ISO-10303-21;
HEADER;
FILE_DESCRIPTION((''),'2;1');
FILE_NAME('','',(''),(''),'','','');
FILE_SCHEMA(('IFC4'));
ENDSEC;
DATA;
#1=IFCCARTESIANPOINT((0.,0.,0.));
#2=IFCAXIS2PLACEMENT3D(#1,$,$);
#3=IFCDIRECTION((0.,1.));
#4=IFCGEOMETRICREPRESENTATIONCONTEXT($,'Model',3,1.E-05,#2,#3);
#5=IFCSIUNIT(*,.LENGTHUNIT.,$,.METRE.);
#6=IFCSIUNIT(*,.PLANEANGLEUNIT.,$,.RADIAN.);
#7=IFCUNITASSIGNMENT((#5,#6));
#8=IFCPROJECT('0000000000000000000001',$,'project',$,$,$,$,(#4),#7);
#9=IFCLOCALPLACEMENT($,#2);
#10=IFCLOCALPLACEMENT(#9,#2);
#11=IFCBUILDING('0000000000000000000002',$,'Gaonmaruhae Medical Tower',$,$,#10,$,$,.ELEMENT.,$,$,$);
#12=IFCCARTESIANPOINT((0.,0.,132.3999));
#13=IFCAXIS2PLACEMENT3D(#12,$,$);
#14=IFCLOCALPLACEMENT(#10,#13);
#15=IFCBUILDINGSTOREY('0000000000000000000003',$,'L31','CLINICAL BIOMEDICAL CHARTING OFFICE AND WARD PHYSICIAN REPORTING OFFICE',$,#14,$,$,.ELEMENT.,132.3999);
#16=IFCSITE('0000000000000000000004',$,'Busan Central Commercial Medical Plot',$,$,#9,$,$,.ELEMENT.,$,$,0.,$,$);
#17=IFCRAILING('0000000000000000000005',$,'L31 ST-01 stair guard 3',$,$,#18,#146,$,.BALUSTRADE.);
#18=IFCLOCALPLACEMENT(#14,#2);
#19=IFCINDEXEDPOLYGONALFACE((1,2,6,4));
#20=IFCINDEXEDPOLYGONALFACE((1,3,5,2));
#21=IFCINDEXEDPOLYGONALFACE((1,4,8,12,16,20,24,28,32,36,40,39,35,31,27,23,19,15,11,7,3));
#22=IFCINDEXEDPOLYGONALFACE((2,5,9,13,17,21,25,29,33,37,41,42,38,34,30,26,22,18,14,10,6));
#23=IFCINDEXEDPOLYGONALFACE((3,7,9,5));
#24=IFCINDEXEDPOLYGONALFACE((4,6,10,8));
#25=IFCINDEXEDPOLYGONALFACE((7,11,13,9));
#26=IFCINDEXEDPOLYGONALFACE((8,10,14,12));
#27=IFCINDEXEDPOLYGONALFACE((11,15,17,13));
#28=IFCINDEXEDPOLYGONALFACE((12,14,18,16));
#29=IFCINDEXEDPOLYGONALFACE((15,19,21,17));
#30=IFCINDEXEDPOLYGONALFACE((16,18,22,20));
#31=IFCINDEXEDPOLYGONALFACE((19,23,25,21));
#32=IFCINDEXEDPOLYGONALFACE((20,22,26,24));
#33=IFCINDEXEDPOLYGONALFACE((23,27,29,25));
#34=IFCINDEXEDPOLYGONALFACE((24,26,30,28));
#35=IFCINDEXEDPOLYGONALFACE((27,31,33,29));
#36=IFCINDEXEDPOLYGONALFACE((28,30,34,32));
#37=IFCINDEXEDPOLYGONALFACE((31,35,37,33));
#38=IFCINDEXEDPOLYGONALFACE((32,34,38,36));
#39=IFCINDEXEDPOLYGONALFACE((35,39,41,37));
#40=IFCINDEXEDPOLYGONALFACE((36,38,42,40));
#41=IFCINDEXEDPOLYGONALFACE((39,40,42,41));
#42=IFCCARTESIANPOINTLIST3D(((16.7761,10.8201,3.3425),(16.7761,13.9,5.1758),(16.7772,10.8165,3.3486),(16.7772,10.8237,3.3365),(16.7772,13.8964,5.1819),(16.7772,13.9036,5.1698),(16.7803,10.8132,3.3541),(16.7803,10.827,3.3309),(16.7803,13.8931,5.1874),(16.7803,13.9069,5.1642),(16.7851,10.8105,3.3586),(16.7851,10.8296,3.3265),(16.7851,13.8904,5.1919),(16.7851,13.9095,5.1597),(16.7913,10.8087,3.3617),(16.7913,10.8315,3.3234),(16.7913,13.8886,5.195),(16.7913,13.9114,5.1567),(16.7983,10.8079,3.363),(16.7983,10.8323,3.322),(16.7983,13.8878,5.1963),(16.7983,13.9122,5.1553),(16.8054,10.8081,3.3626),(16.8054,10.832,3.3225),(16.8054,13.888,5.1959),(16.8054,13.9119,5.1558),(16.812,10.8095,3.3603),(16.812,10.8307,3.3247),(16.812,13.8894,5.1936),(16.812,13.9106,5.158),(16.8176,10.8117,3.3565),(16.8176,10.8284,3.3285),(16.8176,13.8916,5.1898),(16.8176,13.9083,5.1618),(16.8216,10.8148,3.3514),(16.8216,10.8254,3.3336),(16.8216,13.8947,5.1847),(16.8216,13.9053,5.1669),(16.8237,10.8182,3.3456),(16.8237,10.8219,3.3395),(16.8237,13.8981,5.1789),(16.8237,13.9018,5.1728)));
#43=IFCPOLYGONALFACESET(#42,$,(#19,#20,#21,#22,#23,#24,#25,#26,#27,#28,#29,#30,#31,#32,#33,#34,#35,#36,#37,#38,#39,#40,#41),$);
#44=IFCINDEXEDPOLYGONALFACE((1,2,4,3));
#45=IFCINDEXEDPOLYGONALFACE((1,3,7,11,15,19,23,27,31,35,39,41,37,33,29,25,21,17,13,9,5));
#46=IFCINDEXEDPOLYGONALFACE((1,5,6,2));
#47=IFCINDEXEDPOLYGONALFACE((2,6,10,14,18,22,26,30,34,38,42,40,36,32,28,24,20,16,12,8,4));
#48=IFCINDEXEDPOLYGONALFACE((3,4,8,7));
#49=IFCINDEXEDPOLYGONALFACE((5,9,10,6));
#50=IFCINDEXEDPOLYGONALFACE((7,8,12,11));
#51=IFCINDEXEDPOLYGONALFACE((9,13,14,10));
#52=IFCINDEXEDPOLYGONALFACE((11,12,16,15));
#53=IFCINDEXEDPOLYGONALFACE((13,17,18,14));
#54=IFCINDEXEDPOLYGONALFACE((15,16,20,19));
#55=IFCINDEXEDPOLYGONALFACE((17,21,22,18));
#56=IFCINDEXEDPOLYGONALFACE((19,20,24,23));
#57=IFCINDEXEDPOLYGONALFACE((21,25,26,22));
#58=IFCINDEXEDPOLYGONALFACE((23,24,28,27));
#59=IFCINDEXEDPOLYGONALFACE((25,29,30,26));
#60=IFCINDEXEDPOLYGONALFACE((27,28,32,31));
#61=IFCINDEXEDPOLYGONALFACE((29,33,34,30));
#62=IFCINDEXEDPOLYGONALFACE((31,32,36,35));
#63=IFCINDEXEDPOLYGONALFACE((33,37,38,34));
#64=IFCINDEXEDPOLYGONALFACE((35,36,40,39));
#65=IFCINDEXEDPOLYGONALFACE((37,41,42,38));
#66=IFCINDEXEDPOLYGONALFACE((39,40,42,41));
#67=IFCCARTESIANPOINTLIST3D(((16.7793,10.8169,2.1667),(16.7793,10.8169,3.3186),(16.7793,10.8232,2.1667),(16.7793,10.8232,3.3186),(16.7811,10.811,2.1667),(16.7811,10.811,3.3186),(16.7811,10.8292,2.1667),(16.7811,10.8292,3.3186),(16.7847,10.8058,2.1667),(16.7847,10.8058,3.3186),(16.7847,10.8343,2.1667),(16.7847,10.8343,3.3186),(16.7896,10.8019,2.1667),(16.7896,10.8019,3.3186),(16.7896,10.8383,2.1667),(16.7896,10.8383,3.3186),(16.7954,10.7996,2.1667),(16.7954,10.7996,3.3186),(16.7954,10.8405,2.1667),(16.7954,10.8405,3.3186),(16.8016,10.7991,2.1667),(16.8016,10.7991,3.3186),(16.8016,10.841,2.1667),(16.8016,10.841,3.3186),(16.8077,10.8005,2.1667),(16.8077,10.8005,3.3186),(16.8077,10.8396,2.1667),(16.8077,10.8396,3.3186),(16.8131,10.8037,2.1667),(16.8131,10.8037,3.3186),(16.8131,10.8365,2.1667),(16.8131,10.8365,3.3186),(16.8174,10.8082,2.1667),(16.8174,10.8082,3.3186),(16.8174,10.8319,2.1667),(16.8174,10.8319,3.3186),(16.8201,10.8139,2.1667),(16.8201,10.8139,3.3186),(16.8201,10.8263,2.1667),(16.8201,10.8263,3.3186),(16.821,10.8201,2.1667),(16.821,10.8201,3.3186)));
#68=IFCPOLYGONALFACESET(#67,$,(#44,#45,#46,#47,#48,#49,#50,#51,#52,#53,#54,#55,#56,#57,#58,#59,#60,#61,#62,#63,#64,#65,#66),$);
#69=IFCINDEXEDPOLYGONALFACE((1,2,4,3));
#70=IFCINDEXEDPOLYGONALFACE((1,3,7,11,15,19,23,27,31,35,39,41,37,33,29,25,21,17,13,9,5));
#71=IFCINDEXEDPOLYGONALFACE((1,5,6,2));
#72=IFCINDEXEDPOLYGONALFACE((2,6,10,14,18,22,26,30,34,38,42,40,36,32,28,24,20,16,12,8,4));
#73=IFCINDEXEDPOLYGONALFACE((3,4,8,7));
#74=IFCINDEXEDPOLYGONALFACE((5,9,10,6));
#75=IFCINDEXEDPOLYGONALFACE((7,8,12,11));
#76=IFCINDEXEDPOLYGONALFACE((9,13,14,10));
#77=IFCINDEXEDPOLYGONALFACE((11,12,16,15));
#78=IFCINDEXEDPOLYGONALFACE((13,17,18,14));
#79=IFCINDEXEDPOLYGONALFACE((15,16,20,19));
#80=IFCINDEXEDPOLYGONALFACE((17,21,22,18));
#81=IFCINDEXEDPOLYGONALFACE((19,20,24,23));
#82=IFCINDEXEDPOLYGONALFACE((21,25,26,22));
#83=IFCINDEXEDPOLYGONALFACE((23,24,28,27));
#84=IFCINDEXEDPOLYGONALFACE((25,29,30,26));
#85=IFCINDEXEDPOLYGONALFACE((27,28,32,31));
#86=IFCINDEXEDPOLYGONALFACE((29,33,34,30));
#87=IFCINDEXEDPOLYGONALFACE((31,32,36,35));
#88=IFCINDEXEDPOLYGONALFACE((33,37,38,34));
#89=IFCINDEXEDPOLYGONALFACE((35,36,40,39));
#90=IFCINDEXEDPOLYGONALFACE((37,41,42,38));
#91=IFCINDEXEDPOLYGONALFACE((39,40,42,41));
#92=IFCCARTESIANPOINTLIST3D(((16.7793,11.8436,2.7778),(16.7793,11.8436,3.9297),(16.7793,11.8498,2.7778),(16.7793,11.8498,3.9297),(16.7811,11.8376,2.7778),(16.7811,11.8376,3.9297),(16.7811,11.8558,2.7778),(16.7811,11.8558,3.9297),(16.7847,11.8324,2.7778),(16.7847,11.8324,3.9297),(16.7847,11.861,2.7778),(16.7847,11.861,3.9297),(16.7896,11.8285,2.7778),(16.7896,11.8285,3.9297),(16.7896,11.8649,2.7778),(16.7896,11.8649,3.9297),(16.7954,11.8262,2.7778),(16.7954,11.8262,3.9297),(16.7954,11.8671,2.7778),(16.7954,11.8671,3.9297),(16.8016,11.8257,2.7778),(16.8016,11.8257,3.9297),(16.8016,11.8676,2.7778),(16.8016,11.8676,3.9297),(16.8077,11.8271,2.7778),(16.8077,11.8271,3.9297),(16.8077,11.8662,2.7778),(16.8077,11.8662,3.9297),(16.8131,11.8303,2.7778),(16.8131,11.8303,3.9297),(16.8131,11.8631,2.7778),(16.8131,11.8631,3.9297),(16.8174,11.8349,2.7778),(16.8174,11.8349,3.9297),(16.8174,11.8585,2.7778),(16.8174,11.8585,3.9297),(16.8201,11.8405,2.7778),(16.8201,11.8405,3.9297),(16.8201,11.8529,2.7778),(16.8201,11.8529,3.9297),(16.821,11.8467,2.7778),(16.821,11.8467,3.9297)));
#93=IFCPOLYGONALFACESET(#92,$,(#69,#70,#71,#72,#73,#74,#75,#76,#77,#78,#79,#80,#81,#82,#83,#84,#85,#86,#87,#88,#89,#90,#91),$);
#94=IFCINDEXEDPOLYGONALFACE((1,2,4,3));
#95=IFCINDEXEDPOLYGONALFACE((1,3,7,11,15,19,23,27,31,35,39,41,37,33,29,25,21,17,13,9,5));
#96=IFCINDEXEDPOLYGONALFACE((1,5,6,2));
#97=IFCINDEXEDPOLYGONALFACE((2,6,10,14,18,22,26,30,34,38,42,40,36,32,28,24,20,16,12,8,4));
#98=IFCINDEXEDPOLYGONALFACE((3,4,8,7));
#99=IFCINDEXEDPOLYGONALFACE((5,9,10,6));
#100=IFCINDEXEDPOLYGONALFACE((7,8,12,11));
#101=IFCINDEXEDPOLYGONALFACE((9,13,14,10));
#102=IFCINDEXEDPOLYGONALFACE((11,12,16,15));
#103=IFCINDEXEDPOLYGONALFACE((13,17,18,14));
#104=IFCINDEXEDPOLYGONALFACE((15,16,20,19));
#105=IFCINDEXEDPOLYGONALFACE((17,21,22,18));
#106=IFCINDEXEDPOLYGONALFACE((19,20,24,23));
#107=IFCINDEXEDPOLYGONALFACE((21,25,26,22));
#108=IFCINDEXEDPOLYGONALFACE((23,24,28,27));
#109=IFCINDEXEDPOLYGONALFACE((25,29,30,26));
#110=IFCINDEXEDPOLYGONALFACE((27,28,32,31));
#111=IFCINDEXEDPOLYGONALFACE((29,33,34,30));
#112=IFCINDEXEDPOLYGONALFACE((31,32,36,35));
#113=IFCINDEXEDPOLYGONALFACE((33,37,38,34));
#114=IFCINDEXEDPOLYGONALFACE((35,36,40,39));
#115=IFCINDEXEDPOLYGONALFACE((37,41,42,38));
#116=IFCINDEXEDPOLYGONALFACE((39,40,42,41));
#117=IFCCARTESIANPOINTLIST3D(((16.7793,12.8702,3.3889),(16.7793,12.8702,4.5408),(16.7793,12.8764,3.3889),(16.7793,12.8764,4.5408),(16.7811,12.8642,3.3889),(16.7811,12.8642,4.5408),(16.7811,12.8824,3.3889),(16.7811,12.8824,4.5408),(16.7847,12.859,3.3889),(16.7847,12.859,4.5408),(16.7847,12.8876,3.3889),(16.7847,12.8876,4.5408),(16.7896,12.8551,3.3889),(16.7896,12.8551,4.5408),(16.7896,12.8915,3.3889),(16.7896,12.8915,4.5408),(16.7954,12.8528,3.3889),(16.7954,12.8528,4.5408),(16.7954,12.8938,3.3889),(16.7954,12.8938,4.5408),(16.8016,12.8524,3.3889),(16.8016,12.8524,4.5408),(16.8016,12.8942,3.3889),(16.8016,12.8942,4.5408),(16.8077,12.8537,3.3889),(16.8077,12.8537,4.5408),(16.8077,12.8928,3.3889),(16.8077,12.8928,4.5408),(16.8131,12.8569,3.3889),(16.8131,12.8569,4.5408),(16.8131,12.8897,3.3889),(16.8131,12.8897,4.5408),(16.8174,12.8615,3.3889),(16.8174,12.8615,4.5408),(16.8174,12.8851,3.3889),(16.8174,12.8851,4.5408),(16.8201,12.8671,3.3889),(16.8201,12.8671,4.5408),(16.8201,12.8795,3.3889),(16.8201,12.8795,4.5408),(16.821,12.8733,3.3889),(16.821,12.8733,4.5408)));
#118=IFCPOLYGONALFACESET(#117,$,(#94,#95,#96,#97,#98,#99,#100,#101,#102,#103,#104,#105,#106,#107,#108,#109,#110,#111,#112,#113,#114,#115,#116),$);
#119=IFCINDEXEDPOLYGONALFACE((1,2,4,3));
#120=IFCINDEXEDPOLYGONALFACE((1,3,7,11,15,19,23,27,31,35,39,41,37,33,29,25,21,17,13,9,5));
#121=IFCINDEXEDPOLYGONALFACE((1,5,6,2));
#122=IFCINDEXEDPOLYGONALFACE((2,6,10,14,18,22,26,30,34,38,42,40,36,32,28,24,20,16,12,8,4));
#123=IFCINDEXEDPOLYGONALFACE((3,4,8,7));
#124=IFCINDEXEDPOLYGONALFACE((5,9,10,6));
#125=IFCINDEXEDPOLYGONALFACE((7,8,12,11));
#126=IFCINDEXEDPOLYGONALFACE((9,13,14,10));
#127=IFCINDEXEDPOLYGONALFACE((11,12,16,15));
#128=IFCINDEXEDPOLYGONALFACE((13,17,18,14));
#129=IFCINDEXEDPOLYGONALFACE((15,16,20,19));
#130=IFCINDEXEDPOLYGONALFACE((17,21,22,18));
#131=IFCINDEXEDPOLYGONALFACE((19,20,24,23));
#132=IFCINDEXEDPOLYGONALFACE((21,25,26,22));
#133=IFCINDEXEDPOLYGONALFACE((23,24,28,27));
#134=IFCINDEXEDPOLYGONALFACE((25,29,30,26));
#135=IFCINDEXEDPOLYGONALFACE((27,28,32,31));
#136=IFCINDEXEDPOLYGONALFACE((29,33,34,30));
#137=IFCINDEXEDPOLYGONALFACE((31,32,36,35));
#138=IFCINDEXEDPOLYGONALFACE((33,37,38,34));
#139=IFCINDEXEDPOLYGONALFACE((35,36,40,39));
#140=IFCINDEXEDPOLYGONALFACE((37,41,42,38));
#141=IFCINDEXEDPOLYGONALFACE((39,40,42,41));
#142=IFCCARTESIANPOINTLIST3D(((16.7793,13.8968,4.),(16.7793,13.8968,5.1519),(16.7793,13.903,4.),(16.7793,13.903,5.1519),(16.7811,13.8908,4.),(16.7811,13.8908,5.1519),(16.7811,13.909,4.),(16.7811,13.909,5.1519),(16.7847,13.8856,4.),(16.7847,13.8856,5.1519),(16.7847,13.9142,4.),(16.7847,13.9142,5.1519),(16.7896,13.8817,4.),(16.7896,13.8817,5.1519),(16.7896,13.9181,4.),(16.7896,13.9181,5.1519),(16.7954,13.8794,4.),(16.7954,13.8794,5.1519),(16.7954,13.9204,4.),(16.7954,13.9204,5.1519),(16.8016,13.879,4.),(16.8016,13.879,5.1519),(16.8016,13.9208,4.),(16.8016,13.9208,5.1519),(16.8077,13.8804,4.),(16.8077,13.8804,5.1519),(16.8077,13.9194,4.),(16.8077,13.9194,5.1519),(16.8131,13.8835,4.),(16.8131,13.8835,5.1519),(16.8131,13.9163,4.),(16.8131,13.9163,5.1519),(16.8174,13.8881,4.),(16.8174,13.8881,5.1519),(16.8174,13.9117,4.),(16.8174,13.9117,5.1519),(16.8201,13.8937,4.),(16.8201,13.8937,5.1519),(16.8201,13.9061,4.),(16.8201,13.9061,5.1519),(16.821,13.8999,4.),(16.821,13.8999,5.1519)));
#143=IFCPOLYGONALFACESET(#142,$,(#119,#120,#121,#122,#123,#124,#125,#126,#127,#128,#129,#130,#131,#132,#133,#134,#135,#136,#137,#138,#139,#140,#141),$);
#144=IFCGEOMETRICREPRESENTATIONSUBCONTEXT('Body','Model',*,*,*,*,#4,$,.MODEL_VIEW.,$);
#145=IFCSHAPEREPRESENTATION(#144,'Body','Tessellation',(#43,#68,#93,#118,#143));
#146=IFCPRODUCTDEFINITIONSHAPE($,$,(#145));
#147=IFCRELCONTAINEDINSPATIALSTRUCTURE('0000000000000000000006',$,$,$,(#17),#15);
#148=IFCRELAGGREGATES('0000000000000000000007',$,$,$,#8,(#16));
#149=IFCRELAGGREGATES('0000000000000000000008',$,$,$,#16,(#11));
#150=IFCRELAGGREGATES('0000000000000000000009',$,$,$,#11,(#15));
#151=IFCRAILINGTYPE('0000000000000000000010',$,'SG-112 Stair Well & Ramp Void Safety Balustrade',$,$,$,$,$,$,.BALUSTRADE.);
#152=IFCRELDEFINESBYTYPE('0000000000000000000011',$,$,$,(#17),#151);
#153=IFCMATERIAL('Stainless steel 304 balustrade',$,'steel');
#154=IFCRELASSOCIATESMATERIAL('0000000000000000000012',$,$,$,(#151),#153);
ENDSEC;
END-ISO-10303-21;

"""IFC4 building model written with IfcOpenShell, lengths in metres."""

from ifc_helpers import new_model, si_unit, direction, frame, origin, origin_2d, place, context, subcontext, project, spatial, circle, extrude, material, type_object, element, save


model = new_model("IFC4")

# Units and contexts
model_context = context("Model", 3, precision=1e-05, world=origin(), true_north=direction((0.0, 1.0)))
body_context = subcontext(model_context, "Body", "Model", "MODEL_VIEW")
ifc_project = project(units=[si_unit("LENGTHUNIT", "METRE"), si_unit("PLANEANGLEUNIT", "RADIAN")], contexts=[model_context])

# Site, building, storey
site_placement = place(None, origin())
site = spatial("IfcSite", under=ifc_project, at=site_placement, Name="Busan Central Commercial Medical Plot", CompositionType="ELEMENT", RefElevation=0.0)
building_placement = place(site_placement, origin())
building = spatial("IfcBuilding", under=site, at=building_placement, Name="Gaonmaruhae Medical Tower", CompositionType="ELEMENT")
storey_placement = place(building_placement, frame((0.0, 0.0, 132.3999)))
storey = spatial("IfcBuildingStorey", under=building, at=storey_placement, Name="L31", Description="CLINICAL BIOMEDICAL CHARTING OFFICE AND WARD PHYSICIAN REPORTING OFFICE", CompositionType="ELEMENT", Elevation=132.3999)

# Railing
ifc_material_1 = material(Name="Stainless steel 304 balustrade", Category="steel")
railing_type_1 = type_object("IfcRailingType", Name="SG-112 Stair Well & Ramp Void Safety Balustrade", PredefinedType="BALUSTRADE", material=ifc_material_1)
railing_1_placement = place(storey_placement, frame((16.8, 10.8201, 2.1667)))
element("IfcRailing", 1, at=railing_1_placement, inside=storey, type_object=railing_type_1, Name="L31 ST-01 stair guard 3", PredefinedType="BALUSTRADE", context=body_context, shape_type="SweptSolid", body=[
    extrude(circle(Radius=0.0239, at=origin_2d()), frame((0.0, 0.0, 1.1758), z_axis=(0.0, 0.859291, 0.511487), x_axis=(-1.0, 0.0, 0.0)), (0.0, 0.0, 1.0), 3.5842),
    extrude(circle(Radius=0.021, at=origin_2d()), origin(), (0.0, 0.0, 1.0), 1.1519),
    extrude(circle(Radius=0.021, at=origin_2d()), frame((0.0, 1.0266, 0.6111)), (0.0, 0.0, 1.0), 1.1519),
    extrude(circle(Radius=0.021, at=origin_2d()), frame((0.0, 2.0532, 1.2222)), (0.0, 0.0, 1.0), 1.1519),
    extrude(circle(Radius=0.021, at=origin_2d()), frame((0.0, 3.0798, 1.8333)), (0.0, 0.0, 1.0), 1.1519),
])

save(model, "model.ifc")
